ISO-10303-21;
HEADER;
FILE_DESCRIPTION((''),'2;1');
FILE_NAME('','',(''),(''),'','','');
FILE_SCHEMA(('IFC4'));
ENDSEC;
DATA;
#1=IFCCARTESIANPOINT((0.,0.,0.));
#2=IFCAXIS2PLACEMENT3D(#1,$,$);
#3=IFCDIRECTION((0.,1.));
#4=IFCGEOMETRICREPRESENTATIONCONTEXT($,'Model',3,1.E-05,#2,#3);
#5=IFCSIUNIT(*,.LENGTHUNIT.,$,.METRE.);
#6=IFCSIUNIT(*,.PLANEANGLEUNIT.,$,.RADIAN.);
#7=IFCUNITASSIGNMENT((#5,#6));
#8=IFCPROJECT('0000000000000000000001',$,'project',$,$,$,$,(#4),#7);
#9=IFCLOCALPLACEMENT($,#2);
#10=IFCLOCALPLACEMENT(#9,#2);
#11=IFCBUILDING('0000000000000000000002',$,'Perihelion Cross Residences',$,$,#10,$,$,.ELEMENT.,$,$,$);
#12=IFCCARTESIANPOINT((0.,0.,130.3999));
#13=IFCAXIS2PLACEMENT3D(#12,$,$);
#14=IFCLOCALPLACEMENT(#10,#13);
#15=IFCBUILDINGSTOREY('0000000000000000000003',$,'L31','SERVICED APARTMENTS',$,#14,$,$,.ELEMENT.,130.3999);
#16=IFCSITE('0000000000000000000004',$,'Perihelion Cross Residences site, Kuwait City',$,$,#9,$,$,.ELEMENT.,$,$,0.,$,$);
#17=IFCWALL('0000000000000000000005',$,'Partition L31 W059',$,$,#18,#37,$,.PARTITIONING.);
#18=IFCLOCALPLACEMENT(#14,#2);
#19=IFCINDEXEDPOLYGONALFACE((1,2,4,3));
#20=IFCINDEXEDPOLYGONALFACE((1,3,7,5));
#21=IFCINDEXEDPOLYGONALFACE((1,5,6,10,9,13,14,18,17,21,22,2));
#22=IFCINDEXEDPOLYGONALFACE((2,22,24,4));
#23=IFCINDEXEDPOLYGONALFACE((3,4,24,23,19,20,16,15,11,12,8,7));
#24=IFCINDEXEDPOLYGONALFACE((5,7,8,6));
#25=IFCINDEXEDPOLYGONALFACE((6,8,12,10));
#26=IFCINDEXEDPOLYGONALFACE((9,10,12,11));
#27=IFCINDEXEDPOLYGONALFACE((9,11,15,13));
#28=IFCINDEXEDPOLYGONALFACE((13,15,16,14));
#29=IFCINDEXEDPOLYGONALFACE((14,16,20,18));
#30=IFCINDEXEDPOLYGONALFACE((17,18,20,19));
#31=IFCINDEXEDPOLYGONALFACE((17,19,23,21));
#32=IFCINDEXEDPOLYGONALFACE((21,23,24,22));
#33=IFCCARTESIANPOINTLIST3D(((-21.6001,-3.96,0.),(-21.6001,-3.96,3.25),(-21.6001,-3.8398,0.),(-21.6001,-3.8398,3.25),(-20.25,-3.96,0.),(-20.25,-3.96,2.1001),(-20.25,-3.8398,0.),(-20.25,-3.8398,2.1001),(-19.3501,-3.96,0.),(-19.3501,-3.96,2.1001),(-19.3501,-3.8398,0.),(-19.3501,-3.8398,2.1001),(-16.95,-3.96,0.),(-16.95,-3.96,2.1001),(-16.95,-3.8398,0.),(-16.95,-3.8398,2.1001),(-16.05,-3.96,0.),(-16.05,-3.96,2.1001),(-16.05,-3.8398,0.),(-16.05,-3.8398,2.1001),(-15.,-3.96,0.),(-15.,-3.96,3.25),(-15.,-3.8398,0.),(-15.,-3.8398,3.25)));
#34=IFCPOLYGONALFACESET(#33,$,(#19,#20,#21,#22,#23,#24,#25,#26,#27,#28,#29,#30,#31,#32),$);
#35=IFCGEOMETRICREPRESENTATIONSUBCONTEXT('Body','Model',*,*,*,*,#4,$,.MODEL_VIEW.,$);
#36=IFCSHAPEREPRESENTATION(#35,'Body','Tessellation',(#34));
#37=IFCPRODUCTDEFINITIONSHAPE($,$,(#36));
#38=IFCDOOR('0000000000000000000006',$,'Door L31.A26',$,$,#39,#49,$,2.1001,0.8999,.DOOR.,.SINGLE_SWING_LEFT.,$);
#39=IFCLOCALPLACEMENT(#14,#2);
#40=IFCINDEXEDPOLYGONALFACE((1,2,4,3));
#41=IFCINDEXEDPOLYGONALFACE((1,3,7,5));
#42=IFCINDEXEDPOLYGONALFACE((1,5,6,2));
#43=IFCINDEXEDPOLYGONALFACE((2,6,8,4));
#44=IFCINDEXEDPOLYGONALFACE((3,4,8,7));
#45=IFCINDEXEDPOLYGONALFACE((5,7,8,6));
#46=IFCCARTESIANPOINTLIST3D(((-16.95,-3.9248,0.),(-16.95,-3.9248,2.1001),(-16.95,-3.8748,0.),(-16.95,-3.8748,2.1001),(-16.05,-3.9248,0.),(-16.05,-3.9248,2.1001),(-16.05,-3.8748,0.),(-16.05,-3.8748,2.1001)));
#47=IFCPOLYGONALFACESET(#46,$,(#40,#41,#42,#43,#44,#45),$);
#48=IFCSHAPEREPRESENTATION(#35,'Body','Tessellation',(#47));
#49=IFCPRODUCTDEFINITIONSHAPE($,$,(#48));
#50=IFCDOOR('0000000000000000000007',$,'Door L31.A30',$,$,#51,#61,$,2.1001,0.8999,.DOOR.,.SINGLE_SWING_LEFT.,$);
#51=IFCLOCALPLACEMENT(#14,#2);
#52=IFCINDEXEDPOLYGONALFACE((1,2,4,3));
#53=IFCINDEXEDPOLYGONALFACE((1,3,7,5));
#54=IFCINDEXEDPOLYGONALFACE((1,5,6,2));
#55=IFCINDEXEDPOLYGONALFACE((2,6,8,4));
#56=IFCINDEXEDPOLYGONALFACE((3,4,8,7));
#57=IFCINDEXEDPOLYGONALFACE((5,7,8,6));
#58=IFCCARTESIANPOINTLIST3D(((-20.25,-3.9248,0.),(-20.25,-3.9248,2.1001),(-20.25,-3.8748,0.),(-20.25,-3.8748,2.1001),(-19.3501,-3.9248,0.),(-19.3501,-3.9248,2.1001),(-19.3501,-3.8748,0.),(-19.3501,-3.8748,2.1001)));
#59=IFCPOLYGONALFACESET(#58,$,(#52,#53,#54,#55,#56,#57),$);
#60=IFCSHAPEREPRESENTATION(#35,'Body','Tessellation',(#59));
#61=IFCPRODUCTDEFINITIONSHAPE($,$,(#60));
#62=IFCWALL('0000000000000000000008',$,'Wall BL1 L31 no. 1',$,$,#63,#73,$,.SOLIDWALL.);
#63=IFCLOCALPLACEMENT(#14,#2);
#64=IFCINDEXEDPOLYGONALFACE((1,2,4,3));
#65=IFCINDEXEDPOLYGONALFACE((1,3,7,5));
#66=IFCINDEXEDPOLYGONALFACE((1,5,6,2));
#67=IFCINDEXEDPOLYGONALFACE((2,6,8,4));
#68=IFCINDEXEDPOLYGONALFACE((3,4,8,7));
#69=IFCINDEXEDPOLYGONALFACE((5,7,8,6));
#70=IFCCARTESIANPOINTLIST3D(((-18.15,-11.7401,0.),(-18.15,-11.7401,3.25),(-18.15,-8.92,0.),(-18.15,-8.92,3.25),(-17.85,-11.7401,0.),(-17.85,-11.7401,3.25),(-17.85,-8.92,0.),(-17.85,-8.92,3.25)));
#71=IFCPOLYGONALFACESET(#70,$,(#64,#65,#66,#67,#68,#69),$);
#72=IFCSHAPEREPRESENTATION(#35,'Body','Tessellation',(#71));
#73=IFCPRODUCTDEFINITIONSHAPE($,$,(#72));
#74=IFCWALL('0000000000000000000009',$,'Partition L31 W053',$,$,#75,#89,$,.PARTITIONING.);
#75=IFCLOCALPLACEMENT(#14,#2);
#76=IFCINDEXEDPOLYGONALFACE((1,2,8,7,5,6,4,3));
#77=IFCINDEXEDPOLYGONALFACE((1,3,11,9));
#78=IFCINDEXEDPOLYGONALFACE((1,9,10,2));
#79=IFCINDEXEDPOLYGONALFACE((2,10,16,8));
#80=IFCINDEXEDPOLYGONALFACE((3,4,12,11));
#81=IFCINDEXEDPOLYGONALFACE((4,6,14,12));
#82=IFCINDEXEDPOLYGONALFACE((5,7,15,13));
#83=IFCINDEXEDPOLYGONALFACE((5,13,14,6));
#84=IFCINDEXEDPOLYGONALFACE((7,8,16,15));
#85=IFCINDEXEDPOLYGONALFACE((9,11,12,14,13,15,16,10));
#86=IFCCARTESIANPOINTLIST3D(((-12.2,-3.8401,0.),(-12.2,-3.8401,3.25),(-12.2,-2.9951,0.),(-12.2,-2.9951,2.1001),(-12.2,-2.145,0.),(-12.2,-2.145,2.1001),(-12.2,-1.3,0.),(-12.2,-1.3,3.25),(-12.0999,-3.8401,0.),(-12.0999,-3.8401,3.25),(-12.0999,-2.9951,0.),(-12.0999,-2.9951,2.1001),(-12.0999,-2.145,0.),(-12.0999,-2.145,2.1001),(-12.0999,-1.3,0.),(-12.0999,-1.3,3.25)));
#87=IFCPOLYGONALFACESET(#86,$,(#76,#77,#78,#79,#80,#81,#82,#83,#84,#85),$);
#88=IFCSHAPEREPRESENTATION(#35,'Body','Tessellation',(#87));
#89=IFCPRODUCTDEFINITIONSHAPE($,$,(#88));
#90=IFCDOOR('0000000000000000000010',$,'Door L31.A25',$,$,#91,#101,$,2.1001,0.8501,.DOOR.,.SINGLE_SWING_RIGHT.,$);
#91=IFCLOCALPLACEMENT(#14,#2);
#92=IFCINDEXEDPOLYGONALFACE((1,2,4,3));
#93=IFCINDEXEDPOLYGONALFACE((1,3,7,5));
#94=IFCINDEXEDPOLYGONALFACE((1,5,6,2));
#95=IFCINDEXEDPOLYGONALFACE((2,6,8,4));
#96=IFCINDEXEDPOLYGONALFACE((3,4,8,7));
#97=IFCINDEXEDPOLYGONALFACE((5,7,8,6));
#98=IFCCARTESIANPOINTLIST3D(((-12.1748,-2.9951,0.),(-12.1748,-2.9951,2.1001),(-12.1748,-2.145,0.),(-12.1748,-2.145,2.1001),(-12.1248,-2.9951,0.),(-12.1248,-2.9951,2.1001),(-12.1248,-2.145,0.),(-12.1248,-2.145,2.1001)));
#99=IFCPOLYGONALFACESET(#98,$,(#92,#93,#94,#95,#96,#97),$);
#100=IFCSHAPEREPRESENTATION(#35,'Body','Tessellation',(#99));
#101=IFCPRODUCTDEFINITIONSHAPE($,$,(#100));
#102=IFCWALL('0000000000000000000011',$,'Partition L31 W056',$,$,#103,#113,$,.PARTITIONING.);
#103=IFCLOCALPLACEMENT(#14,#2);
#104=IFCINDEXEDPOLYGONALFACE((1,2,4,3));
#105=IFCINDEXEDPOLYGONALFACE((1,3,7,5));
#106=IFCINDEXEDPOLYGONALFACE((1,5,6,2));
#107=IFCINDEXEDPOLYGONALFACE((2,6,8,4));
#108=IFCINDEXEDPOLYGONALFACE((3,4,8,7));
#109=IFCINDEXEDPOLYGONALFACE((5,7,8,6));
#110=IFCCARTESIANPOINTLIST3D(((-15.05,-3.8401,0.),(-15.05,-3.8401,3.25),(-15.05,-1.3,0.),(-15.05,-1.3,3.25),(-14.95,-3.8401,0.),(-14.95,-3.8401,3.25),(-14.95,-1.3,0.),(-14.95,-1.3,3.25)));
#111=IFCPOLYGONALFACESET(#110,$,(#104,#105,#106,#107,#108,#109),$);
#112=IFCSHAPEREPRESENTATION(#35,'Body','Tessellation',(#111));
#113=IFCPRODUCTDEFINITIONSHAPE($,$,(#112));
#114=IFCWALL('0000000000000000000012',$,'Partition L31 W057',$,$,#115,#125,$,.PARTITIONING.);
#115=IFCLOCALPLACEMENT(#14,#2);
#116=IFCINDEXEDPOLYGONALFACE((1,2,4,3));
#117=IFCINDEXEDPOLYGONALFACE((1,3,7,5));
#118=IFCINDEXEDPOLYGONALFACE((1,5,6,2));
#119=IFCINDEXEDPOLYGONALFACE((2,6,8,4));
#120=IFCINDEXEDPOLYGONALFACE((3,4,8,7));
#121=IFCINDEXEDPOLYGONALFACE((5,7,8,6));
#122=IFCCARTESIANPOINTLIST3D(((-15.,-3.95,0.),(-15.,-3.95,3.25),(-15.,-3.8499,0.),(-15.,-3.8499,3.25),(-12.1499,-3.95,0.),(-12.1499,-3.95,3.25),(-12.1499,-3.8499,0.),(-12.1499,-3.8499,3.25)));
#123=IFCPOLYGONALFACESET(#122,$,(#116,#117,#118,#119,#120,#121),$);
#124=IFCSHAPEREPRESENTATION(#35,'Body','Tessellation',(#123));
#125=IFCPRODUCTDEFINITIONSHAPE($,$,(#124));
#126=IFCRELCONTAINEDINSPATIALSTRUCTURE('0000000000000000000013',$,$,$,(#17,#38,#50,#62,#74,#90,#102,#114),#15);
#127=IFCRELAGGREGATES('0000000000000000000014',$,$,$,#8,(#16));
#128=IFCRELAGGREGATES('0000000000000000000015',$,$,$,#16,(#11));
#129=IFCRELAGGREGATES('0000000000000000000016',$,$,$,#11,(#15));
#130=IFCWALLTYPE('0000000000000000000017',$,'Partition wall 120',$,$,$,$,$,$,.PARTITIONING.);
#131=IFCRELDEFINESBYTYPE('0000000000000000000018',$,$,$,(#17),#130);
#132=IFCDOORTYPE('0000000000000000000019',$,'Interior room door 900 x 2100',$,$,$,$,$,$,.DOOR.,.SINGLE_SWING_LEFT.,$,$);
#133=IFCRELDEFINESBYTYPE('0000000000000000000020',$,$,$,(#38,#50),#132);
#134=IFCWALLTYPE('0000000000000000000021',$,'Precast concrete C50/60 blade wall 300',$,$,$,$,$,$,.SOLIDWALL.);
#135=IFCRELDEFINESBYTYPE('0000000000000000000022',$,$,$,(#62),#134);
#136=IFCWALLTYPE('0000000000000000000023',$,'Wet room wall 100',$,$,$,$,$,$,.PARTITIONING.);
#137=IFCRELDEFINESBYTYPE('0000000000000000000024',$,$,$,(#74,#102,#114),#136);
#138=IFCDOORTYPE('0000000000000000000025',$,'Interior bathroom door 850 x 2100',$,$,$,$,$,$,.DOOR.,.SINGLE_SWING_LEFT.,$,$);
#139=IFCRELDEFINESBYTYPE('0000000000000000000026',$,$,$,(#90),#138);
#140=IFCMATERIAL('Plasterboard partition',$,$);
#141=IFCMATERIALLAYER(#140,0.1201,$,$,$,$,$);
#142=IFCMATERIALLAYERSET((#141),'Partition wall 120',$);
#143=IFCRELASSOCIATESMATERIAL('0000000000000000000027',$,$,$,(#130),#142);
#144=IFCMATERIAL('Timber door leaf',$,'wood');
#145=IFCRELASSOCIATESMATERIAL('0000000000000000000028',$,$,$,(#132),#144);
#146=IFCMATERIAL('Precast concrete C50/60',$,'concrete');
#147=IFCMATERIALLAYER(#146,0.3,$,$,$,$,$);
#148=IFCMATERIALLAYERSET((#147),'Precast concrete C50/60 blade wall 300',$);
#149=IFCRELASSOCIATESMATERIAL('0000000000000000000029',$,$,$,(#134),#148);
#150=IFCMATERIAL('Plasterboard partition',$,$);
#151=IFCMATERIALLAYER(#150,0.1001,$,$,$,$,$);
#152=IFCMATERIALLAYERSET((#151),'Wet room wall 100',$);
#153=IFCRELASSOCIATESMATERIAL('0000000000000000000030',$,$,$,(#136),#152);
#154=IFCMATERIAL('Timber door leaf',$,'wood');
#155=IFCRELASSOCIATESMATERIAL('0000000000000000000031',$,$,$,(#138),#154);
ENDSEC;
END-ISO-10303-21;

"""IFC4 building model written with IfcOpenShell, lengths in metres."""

from ifc_helpers import new_model, si_unit, direction, frame, frame_2d, origin, place, context, subcontext, project, spatial, rectangle, extrude, material, layer, layer_set, type_object, element, fill, save


model = new_model("IFC4")

# Units and contexts
model_context = context("Model", 3, precision=1e-05, world=origin(), true_north=direction((0.0, 1.0)))
body_context = subcontext(model_context, "Body", "Model", "MODEL_VIEW")
ifc_project = project(units=[si_unit("LENGTHUNIT", "METRE"), si_unit("PLANEANGLEUNIT", "RADIAN")], contexts=[model_context])

# Site, building, storey
site_placement = place(None, origin())
site = spatial("IfcSite", under=ifc_project, at=site_placement, Name="Perihelion Cross Residences site, Kuwait City", CompositionType="ELEMENT", RefElevation=0.0)
building_placement = place(site_placement, origin())
building = spatial("IfcBuilding", under=site, at=building_placement, Name="Perihelion Cross Residences", CompositionType="ELEMENT")
storey_placement = place(building_placement, frame((0.0, 0.0, 130.3999)))
storey = spatial("IfcBuildingStorey", under=building, at=storey_placement, Name="L31", Description="SERVICED APARTMENTS", CompositionType="ELEMENT", Elevation=130.3999)

# Shared definitions
ifc_material_1 = material(Name="Plasterboard partition")
ifc_layer_1 = layer(ifc_material_1, 0.1201)
ifc_layer_set_1 = layer_set([ifc_layer_1], Name="Partition wall 120")
wall_type_1 = type_object("IfcWallType", Name="Partition wall 120", PredefinedType="PARTITIONING", material=ifc_layer_set_1)
ifc_material_2 = material(Name="Timber door leaf", Category="wood")
door_type_1 = type_object("IfcDoorType", Name="Interior room door 900 x 2100", OperationType="SINGLE_SWING_LEFT", PredefinedType="DOOR", material=ifc_material_2)

# Wall, openings, doors
wall_1_placement = place(storey_placement, frame((-15.0, -3.8999, 0.0), z_axis=(0.0, 0.0, 1.0), x_axis=(-1.0, 0.0, 0.0)))
wall_1 = element("IfcWall", 1, at=wall_1_placement, inside=storey, type_object=wall_type_1, Name="Partition L31 W059", PredefinedType="PARTITIONING", context=body_context, shape_type="SweptSolid", body=[
    extrude(rectangle(XDim=6.6001, YDim=0.1201, at=frame_2d((3.3, 0.0))), origin(), (0.0, 0.0, 1.0), 3.25),
])
opening_1_placement = place(wall_1_placement, frame((1.05, 0.0, 0.0)))
opening_1 = element("IfcOpeningElement", 2, at=opening_1_placement, cuts=wall_1, PredefinedType="OPENING", context=body_context, shape_type="SweptSolid", body=[
    extrude(rectangle(XDim=0.8999, YDim=2.1001, at=frame_2d((0.45, 1.05))), frame((0.0, 0.0701, 0.0), z_axis=(0.0, -1.0, 0.0), x_axis=(1.0, 0.0, 0.0)), (0.0, 0.0, 1.0), 0.1401),
])
opening_2_placement = place(wall_1_placement, frame((4.3501, 0.0, 0.0)))
opening_2 = element("IfcOpeningElement", 3, at=opening_2_placement, cuts=wall_1, PredefinedType="OPENING", context=body_context, shape_type="SweptSolid", body=[
    extrude(rectangle(XDim=0.8999, YDim=2.1001, at=frame_2d((0.45, 1.05))), frame((0.0, 0.0701, 0.0), z_axis=(0.0, -1.0, 0.0), x_axis=(1.0, 0.0, 0.0)), (0.0, 0.0, 1.0), 0.1401),
])
door_1_placement = place(opening_1_placement, origin())
door_1 = element("IfcDoor", 4, at=door_1_placement, inside=storey, type_object=door_type_1, Name="Door L31.A26", OperationType="SINGLE_SWING_LEFT", OverallHeight=2.1001, OverallWidth=0.8999, PredefinedType="DOOR", context=body_context, shape_type="SweptSolid", body=[
    extrude(rectangle(XDim=0.8999, YDim=2.1001, at=frame_2d((0.45, 1.05))), frame((0.0, 0.0249, 0.0), z_axis=(0.0, -1.0, 0.0), x_axis=(1.0, 0.0, 0.0)), (0.0, 0.0, 1.0), 0.05),
])
fill(opening_1, door_1)
door_2_placement = place(opening_2_placement, origin())
door_2 = element("IfcDoor", 5, at=door_2_placement, inside=storey, type_object=door_type_1, Name="Door L31.A30", OperationType="SINGLE_SWING_LEFT", OverallHeight=2.1001, OverallWidth=0.8999, PredefinedType="DOOR", context=body_context, shape_type="SweptSolid", body=[
    extrude(rectangle(XDim=0.8999, YDim=2.1001, at=frame_2d((0.45, 1.05))), frame((0.0, 0.0249, 0.0), z_axis=(0.0, -1.0, 0.0), x_axis=(1.0, 0.0, 0.0)), (0.0, 0.0, 1.0), 0.05),
])
fill(opening_2, door_2)

# Wall
ifc_material_3 = material(Name="Precast concrete C50/60", Category="concrete")
ifc_layer_2 = layer(ifc_material_3, 0.3)
ifc_layer_set_2 = layer_set([ifc_layer_2], Name="Precast concrete C50/60 blade wall 300")
wall_type_2 = type_object("IfcWallType", Name="Precast concrete C50/60 blade wall 300", PredefinedType="SOLIDWALL", material=ifc_layer_set_2)
wall_2_placement = place(storey_placement, frame((-18.0, -8.9199, 0.0), z_axis=(0.0, 0.0, 1.0), x_axis=(0.0, -1.0, 0.0)))
element("IfcWall", 6, at=wall_2_placement, inside=storey, type_object=wall_type_2, Name="Wall BL1 L31 no. 1", PredefinedType="SOLIDWALL", context=body_context, shape_type="SweptSolid", body=[
    extrude(rectangle(XDim=2.8201, YDim=0.3, at=frame_2d((1.4102, 0.0))), origin(), (0.0, 0.0, 1.0), 3.25),
])

# Wall, opening, door
ifc_material_4 = material(Name="Plasterboard partition")
ifc_layer_3 = layer(ifc_material_4, 0.1001)
ifc_layer_set_3 = layer_set([ifc_layer_3], Name="Wet room wall 100")
wall_type_3 = type_object("IfcWallType", Name="Wet room wall 100", PredefinedType="PARTITIONING", material=ifc_layer_set_3)
wall_3_placement = place(storey_placement, frame((-12.1499, -3.8401, 0.0), z_axis=(0.0, 0.0, 1.0), x_axis=(0.0, 1.0, 0.0)))
wall_3 = element("IfcWall", 7, at=wall_3_placement, inside=storey, type_object=wall_type_3, Name="Partition L31 W053", PredefinedType="PARTITIONING", context=body_context, shape_type="SweptSolid", body=[
    extrude(rectangle(XDim=2.54, YDim=0.1001, at=frame_2d((1.27, 0.0))), origin(), (0.0, 0.0, 1.0), 3.25),
])
opening_3_placement = place(wall_3_placement, frame((0.845, 0.0, 0.0)))
opening_3 = element("IfcOpeningElement", 8, at=opening_3_placement, cuts=wall_3, PredefinedType="OPENING", context=body_context, shape_type="SweptSolid", body=[
    extrude(rectangle(XDim=0.8501, YDim=2.1001, at=frame_2d((0.425, 1.05))), frame((0.0, 0.0601, 0.0), z_axis=(0.0, -1.0, 0.0), x_axis=(1.0, 0.0, 0.0)), (0.0, 0.0, 1.0), 0.1201),
])
ifc_material_5 = material(Name="Timber door leaf", Category="wood")
door_type_2 = type_object("IfcDoorType", Name="Interior bathroom door 850 x 2100", OperationType="SINGLE_SWING_LEFT", PredefinedType="DOOR", material=ifc_material_5)
door_3_placement = place(opening_3_placement, origin())
door_3 = element("IfcDoor", 9, at=door_3_placement, inside=storey, type_object=door_type_2, Name="Door L31.A25", OperationType="SINGLE_SWING_RIGHT", OverallHeight=2.1001, OverallWidth=0.8501, PredefinedType="DOOR", context=body_context, shape_type="SweptSolid", body=[
    extrude(rectangle(XDim=0.8501, YDim=2.1001, at=frame_2d((0.425, 1.05))), frame((0.0, 0.0249, 0.0), z_axis=(0.0, -1.0, 0.0), x_axis=(1.0, 0.0, 0.0)), (0.0, 0.0, 1.0), 0.05),
])
fill(opening_3, door_3)

# Walls
wall_4_placement = place(storey_placement, frame((-15.0, -3.8401, 0.0), z_axis=(0.0, 0.0, 1.0), x_axis=(0.0, 1.0, 0.0)))
element("IfcWall", 10, at=wall_4_placement, inside=storey, type_object=wall_type_3, Name="Partition L31 W056", PredefinedType="PARTITIONING", context=body_context, shape_type="SweptSolid", body=[
    extrude(rectangle(XDim=2.54, YDim=0.1001, at=frame_2d((1.27, 0.0))), origin(), (0.0, 0.0, 1.0), 3.25),
])
wall_5_placement = place(storey_placement, frame((-12.1499, -3.8999, 0.0), z_axis=(0.0, 0.0, 1.0), x_axis=(-1.0, 0.0, 0.0)))
element("IfcWall", 11, at=wall_5_placement, inside=storey, type_object=wall_type_3, Name="Partition L31 W057", PredefinedType="PARTITIONING", context=body_context, shape_type="SweptSolid", body=[
    extrude(rectangle(XDim=2.8501, YDim=0.1001, at=frame_2d((1.425, 0.0))), origin(), (0.0, 0.0, 1.0), 3.25),
])

save(model, "model.ifc")
